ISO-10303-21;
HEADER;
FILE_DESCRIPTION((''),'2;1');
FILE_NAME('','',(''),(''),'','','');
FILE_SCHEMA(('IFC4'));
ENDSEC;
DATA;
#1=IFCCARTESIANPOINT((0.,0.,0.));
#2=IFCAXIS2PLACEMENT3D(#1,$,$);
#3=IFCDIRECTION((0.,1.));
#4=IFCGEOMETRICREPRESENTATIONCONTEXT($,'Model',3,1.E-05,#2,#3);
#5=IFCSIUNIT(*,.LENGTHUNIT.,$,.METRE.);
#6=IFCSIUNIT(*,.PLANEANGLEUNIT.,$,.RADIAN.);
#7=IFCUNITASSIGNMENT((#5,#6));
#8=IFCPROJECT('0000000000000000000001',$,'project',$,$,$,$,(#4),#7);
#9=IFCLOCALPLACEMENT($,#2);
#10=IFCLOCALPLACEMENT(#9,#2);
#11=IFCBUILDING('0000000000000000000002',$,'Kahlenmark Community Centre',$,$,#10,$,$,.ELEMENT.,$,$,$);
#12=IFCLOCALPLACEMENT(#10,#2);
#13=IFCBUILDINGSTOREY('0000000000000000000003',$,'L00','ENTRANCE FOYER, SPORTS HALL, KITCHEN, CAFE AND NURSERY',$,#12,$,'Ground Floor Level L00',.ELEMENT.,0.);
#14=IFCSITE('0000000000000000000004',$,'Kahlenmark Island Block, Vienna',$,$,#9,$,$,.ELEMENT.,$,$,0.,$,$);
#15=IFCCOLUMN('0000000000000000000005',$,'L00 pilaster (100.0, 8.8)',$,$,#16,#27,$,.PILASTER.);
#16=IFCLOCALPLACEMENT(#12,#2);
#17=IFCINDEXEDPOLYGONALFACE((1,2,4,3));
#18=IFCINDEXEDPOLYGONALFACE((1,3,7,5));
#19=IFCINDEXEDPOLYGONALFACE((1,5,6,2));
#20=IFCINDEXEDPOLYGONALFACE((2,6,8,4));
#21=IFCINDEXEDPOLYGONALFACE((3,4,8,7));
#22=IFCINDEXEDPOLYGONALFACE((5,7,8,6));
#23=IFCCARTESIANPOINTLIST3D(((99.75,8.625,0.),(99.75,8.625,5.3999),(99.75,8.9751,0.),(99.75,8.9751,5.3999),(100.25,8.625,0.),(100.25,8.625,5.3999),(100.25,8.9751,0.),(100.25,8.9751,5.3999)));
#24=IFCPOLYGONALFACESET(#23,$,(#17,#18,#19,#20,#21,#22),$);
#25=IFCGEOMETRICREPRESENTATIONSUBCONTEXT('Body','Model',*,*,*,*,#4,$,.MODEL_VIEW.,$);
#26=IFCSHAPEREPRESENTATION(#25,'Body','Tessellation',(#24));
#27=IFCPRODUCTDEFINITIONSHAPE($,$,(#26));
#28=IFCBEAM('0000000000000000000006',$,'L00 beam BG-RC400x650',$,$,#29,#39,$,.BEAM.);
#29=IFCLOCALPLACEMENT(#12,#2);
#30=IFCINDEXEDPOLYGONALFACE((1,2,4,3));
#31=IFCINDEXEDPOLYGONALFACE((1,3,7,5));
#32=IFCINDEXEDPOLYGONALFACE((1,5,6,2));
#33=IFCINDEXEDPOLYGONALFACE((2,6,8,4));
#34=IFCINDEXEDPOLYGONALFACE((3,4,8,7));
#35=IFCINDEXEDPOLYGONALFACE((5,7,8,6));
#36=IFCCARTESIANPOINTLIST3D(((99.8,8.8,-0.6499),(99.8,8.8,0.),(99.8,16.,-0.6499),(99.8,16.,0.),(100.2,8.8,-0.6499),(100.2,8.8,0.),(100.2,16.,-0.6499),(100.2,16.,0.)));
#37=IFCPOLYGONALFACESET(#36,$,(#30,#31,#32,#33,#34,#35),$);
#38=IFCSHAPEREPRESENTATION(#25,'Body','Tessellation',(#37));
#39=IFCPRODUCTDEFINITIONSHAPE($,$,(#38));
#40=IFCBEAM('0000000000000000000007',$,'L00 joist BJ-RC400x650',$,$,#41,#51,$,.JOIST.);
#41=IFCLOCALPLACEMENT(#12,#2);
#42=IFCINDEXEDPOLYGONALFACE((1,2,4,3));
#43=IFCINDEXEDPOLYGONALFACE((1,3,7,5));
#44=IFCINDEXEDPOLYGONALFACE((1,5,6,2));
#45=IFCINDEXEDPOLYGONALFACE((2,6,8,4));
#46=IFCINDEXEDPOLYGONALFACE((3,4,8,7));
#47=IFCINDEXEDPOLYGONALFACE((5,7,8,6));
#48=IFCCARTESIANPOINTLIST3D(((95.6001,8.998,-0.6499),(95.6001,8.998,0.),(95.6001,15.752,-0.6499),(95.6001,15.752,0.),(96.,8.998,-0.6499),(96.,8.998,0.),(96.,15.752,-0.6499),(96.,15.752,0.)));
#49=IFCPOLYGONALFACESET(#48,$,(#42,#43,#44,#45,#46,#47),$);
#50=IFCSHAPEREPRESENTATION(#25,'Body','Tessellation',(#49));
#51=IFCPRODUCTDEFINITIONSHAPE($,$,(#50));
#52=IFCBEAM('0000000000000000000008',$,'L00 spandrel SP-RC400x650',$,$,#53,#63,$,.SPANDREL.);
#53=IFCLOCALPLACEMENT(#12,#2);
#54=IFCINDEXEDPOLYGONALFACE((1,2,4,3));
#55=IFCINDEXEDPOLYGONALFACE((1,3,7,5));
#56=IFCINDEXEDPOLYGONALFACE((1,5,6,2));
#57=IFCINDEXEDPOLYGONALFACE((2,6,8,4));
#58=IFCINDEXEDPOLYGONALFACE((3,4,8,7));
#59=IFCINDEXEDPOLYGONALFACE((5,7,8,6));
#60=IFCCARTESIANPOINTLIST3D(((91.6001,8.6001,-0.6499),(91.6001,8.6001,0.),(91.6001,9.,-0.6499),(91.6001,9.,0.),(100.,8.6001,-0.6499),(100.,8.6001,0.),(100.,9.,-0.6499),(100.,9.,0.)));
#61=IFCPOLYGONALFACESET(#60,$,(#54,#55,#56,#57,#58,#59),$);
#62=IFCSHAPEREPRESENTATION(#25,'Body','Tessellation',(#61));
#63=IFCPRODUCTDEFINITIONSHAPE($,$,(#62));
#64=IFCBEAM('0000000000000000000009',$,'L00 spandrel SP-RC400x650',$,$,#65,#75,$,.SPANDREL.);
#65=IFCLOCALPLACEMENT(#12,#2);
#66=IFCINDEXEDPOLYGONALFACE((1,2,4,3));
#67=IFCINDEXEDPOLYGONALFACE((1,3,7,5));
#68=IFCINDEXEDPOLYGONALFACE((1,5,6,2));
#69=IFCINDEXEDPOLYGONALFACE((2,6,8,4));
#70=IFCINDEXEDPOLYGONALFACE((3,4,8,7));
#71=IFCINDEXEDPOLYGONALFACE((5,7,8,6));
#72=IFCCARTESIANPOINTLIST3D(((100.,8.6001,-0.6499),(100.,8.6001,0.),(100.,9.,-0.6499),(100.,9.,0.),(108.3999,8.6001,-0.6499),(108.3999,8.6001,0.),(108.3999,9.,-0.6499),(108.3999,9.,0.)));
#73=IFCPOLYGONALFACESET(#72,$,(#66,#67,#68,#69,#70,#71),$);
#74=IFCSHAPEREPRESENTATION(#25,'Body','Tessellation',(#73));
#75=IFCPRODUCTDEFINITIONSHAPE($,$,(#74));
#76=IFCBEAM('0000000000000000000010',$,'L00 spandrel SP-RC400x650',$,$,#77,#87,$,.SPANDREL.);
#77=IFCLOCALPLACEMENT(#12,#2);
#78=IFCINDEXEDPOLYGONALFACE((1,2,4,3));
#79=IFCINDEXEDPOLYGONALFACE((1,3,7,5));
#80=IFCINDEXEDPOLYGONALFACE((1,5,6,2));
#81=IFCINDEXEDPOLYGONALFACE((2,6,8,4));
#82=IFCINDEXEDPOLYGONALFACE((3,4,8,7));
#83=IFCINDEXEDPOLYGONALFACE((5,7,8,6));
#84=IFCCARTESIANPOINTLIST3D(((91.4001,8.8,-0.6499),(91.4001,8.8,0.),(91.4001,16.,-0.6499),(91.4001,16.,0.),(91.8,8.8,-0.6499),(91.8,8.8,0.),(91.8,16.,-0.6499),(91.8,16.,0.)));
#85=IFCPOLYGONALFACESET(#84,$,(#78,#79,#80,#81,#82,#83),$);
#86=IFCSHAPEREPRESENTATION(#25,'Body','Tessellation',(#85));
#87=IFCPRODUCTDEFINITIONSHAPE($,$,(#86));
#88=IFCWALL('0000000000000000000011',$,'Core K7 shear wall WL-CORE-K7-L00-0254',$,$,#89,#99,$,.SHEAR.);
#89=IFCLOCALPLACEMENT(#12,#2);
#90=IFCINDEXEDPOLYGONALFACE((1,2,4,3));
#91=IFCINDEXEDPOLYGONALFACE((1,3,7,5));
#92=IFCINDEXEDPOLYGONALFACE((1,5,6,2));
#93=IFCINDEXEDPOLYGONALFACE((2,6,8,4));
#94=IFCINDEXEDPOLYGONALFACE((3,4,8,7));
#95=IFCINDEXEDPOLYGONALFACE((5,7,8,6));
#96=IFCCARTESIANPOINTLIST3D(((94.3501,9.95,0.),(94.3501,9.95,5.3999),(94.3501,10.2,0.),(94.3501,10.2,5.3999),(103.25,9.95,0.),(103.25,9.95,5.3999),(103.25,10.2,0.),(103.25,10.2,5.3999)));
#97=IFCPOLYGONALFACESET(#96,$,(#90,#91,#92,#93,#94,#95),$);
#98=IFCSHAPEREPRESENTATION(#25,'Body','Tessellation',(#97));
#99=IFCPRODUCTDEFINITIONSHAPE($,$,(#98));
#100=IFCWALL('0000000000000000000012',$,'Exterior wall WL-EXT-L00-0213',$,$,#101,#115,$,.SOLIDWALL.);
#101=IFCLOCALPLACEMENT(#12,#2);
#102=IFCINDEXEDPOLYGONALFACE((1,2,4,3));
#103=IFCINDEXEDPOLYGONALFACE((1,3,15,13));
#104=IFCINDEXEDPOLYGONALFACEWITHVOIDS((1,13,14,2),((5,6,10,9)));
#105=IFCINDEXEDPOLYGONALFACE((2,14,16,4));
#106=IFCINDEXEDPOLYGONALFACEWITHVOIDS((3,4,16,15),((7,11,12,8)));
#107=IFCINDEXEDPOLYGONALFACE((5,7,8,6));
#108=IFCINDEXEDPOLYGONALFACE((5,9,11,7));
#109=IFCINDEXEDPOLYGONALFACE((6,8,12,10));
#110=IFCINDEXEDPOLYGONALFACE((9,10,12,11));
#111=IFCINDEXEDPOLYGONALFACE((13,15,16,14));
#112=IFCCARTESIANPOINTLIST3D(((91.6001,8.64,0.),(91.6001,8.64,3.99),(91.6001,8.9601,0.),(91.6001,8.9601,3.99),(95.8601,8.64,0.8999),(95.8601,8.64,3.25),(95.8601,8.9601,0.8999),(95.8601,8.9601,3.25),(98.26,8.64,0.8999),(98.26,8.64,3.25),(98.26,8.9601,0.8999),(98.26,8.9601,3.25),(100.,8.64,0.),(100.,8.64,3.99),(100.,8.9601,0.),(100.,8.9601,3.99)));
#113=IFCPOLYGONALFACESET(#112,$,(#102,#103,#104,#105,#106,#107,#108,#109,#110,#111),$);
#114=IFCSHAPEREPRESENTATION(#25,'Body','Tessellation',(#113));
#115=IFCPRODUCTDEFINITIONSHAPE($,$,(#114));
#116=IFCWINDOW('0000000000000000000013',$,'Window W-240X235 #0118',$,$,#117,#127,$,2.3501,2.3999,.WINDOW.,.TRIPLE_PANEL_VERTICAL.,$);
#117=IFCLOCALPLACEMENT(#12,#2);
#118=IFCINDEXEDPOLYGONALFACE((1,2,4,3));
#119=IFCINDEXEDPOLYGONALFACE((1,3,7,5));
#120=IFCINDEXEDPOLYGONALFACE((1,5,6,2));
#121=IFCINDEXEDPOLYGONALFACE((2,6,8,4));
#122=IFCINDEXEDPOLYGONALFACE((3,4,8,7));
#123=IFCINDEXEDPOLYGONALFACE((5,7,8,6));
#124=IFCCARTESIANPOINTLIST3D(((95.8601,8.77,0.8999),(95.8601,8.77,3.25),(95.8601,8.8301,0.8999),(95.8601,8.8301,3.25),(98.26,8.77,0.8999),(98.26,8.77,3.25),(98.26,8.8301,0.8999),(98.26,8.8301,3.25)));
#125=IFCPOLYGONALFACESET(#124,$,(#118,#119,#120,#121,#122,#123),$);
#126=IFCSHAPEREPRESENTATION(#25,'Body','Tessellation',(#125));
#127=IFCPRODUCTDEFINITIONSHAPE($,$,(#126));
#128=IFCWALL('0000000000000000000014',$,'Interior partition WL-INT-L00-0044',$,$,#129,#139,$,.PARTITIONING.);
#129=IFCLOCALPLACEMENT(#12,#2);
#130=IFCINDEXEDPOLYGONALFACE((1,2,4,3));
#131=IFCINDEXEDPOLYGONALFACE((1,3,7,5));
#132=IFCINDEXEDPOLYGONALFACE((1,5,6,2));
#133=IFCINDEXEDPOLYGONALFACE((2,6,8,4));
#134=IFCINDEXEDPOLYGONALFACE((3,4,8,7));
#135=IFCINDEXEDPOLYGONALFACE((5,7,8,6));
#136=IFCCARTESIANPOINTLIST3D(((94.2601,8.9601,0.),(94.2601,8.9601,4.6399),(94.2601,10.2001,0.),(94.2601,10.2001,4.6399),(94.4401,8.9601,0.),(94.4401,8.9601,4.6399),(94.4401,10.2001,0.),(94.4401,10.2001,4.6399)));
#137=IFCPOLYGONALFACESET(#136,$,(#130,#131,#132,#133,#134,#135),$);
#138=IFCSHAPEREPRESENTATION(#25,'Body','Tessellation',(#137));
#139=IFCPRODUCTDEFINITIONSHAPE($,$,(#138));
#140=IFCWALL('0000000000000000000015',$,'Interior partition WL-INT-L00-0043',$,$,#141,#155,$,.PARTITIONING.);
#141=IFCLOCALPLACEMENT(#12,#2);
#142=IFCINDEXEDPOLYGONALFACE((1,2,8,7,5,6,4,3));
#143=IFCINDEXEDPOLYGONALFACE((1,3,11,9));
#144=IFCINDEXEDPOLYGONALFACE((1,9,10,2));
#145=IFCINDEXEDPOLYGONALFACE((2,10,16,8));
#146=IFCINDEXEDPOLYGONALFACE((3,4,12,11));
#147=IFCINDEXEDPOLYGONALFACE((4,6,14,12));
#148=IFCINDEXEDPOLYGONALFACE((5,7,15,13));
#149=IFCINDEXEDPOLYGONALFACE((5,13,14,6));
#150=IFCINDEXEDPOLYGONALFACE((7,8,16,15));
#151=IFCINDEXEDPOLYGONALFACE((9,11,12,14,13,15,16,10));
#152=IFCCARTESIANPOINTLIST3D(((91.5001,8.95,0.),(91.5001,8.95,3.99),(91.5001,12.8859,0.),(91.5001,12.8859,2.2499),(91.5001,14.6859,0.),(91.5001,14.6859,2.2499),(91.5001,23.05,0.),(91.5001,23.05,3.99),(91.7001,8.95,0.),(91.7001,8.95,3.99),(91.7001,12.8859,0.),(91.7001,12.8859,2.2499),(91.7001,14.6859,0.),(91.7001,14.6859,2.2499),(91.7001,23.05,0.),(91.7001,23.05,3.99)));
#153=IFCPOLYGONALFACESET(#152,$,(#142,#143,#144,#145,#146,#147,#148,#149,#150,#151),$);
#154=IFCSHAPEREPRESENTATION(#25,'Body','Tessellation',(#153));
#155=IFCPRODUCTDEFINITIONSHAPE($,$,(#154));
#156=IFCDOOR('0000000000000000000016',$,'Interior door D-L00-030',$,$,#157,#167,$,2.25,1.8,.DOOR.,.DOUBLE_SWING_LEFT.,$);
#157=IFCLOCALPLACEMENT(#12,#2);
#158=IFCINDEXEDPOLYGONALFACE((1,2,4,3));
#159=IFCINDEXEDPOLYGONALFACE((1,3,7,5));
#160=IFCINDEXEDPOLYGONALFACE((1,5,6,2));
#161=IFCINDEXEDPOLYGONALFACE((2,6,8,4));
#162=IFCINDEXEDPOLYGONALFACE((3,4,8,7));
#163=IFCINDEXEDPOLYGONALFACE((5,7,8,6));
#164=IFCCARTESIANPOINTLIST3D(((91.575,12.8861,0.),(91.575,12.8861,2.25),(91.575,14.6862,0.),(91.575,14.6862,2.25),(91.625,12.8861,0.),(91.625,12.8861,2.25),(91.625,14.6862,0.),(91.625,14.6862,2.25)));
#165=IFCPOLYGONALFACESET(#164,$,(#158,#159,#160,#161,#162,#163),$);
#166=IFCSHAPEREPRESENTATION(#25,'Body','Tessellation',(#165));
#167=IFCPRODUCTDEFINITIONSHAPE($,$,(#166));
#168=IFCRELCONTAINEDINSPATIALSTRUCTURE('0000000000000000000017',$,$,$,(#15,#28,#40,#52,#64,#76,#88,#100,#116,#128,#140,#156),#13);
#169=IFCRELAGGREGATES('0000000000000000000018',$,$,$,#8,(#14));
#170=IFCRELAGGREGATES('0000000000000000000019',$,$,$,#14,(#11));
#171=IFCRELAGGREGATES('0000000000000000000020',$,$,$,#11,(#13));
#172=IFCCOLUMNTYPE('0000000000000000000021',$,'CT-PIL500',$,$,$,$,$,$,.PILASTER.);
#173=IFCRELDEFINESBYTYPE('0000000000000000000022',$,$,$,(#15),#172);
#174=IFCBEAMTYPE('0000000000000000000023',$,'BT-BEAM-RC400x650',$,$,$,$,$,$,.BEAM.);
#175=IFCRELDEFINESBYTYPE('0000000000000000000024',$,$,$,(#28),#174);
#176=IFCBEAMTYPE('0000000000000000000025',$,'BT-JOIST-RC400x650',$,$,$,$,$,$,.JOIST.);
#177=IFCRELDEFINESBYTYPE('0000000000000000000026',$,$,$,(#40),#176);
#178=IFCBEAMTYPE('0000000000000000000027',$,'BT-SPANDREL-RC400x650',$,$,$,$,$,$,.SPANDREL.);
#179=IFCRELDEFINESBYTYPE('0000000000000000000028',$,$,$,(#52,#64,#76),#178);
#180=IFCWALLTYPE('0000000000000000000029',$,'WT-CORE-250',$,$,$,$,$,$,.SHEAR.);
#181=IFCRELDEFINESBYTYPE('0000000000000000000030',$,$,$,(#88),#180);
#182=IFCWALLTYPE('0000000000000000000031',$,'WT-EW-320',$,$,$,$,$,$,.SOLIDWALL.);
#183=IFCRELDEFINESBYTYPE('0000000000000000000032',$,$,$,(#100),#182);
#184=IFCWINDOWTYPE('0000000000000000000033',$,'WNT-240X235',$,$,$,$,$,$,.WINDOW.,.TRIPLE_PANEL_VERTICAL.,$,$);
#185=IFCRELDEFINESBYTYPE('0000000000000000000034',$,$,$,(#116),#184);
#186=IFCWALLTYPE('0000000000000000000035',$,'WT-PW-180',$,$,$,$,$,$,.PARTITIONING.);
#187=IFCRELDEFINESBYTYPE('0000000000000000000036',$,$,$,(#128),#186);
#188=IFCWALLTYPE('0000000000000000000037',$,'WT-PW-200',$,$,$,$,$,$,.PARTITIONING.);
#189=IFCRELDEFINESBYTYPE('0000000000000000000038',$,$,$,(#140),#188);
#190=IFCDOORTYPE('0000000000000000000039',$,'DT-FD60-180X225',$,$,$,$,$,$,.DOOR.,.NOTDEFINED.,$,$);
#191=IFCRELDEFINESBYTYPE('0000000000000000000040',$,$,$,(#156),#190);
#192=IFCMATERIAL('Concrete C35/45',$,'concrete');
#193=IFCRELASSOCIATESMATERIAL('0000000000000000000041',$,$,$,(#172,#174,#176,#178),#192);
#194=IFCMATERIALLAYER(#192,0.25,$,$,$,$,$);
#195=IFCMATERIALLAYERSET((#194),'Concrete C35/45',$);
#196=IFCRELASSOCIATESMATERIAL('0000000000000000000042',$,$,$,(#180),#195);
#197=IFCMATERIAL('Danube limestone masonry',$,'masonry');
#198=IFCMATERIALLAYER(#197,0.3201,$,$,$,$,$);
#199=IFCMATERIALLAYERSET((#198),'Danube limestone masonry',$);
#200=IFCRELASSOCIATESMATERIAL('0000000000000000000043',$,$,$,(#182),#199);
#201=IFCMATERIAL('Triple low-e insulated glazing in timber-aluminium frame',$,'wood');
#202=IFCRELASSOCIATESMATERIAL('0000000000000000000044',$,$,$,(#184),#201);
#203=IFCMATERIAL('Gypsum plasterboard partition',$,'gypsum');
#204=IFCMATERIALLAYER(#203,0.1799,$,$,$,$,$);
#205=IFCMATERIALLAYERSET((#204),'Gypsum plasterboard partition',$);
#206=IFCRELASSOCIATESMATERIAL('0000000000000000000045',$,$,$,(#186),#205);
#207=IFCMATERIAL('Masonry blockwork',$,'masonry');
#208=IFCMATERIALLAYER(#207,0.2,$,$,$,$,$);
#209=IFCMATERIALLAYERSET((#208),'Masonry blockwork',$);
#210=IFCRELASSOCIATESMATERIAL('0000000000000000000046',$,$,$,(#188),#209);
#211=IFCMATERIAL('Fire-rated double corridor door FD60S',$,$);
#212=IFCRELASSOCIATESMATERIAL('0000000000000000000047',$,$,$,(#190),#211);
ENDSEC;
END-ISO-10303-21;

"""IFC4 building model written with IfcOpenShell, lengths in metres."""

from ifc_helpers import new_model, si_unit, direction, frame, frame_2d, origin, origin_2d, place, context, subcontext, project, spatial, rectangle, extrude, material, layer, layer_set, material_profile, profile_set, type_object, element, fill, save


model = new_model("IFC4")

# Units and contexts
model_context = context("Model", 3, precision=1e-05, world=origin(), true_north=direction((0.0, 1.0)))
body_context = subcontext(model_context, "Body", "Model", "MODEL_VIEW")
ifc_project = project(units=[si_unit("LENGTHUNIT", "METRE"), si_unit("PLANEANGLEUNIT", "RADIAN")], contexts=[model_context])

# Site, building, storey
site_placement = place(None, origin())
site = spatial("IfcSite", under=ifc_project, at=site_placement, Name="Kahlenmark Island Block, Vienna", CompositionType="ELEMENT", RefElevation=0.0)
building_placement = place(site_placement, origin())
building = spatial("IfcBuilding", under=site, at=building_placement, Name="Kahlenmark Community Centre", CompositionType="ELEMENT")
storey_placement = place(building_placement, origin())
storey = spatial("IfcBuildingStorey", under=building, at=storey_placement, Name="L00", Description="ENTRANCE FOYER, SPORTS HALL, KITCHEN, CAFE AND NURSERY", LongName="Ground Floor Level L00", CompositionType="ELEMENT", Elevation=0.0)

# Column
ifc_material_1 = material(Name="Concrete C35/45", Category="concrete")
ifc_material_profile_1 = material_profile(ifc_material_1, rectangle(XDim=0.5, YDim=0.3501, at=origin_2d()), Name="RC 500x350")
ifc_profile_set_1 = profile_set([ifc_material_profile_1], Name="Concrete C35/45")
column_type = type_object("IfcColumnType", Name="CT-PIL500", PredefinedType="PILASTER", material=ifc_profile_set_1)
column_placement = place(storey_placement, frame((100.0, 8.8, 0.0), z_axis=(0.0, 0.0, 1.0), x_axis=(1.0, 0.0, 0.0)))
element("IfcColumn", 1, at=column_placement, inside=storey, type_object=column_type, Name="L00 pilaster (100.0, 8.8)", PredefinedType="PILASTER", context=body_context, shape_type="SweptSolid", body=[
    extrude(rectangle(XDim=0.5, YDim=0.3501, at=origin_2d()), origin(), (0.0, 0.0, 1.0), 5.3999),
])

# Beams
ifc_material_profile_2 = material_profile(ifc_material_1, rectangle(XDim=0.3999, YDim=0.6499, at=origin_2d()), Name="RC 400x650")
ifc_profile_set_2 = profile_set([ifc_material_profile_2], Name="Concrete C35/45")
beam_type_1 = type_object("IfcBeamType", Name="BT-BEAM-RC400x650", PredefinedType="BEAM", material=ifc_profile_set_2)
beam_1_placement = place(storey_placement, frame((100.0, 8.8, -0.325), z_axis=(0.0, 1.0, 0.0), x_axis=(-1.0, 0.0, 0.0)))
element("IfcBeam", 2, at=beam_1_placement, inside=storey, type_object=beam_type_1, Name="L00 beam BG-RC400x650", PredefinedType="BEAM", context=body_context, shape_type="SweptSolid", body=[
    extrude(rectangle(XDim=0.3999, YDim=0.6499, at=origin_2d()), origin(), (0.0, 0.0, 1.0), 7.2),
])
ifc_material_profile_3 = material_profile(ifc_material_1, rectangle(XDim=0.3999, YDim=0.6499, at=origin_2d()), Name="RC 400x650")
ifc_profile_set_3 = profile_set([ifc_material_profile_3], Name="Concrete C35/45")
beam_type_2 = type_object("IfcBeamType", Name="BT-JOIST-RC400x650", PredefinedType="JOIST", material=ifc_profile_set_3)
beam_2_placement = place(storey_placement, frame((95.8, 8.998, -0.325), z_axis=(0.0, 1.0, 0.0), x_axis=(-1.0, 0.0, 0.0)))
element("IfcBeam", 3, at=beam_2_placement, inside=storey, type_object=beam_type_2, Name="L00 joist BJ-RC400x650", PredefinedType="JOIST", context=body_context, shape_type="SweptSolid", body=[
    extrude(rectangle(XDim=0.3999, YDim=0.6499, at=origin_2d()), origin(), (0.0, 0.0, 1.0), 6.7539),
])
ifc_material_profile_4 = material_profile(ifc_material_1, rectangle(XDim=0.3999, YDim=0.6499, at=origin_2d()), Name="RC 400x650")
ifc_profile_set_4 = profile_set([ifc_material_profile_4], Name="Concrete C35/45")
beam_type_3 = type_object("IfcBeamType", Name="BT-SPANDREL-RC400x650", PredefinedType="SPANDREL", material=ifc_profile_set_4)
for number, where, z_axis, x_axis, name in (
    (4, (91.6001, 8.8, -0.325), (1.0, 0.0, 0.0), (0.0, 1.0, 0.0), "L00 spandrel SP-RC400x650"),
    (5, (100.0, 8.8, -0.325), (1.0, 0.0, 0.0), (0.0, 1.0, 0.0), "L00 spandrel SP-RC400x650"),
):
    element("IfcBeam", number, at=place(storey_placement, frame(where, z_axis=z_axis, x_axis=x_axis)), inside=storey, type_object=beam_type_3, Name=name, PredefinedType="SPANDREL", context=body_context, shape_type="SweptSolid", body=[
        extrude(rectangle(XDim=0.3999, YDim=0.6499, at=origin_2d()), origin(), (0.0, 0.0, 1.0), 8.3999),
    ])
beam_3_placement = place(storey_placement, frame((91.6001, 8.8, -0.325), z_axis=(0.0, 1.0, 0.0), x_axis=(-1.0, 0.0, 0.0)))
element("IfcBeam", 6, at=beam_3_placement, inside=storey, type_object=beam_type_3, Name="L00 spandrel SP-RC400x650", PredefinedType="SPANDREL", context=body_context, shape_type="SweptSolid", body=[
    extrude(rectangle(XDim=0.3999, YDim=0.6499, at=origin_2d()), origin(), (0.0, 0.0, 1.0), 7.2),
])

# Wall
ifc_layer_1 = layer(ifc_material_1, 0.25)
ifc_layer_set_1 = layer_set([ifc_layer_1], Name="Concrete C35/45")
wall_type_1 = type_object("IfcWallType", Name="WT-CORE-250", PredefinedType="SHEAR", material=ifc_layer_set_1)
wall_1_placement = place(storey_placement, frame((94.3501, 10.075, 0.0), z_axis=(0.0, 0.0, 1.0), x_axis=(1.0, 0.0, 0.0)))
element("IfcWall", 7, at=wall_1_placement, inside=storey, type_object=wall_type_1, Name="Core K7 shear wall WL-CORE-K7-L00-0254", PredefinedType="SHEAR", context=body_context, shape_type="SweptSolid", body=[
    extrude(rectangle(XDim=8.8999, YDim=0.25, at=frame_2d((4.45, 0.0))), origin(), (0.0, 0.0, 1.0), 5.3999),
])

# Wall, opening, window
ifc_material_2 = material(Name="Danube limestone masonry", Category="masonry")
ifc_layer_2 = layer(ifc_material_2, 0.3201)
ifc_layer_set_2 = layer_set([ifc_layer_2], Name="Danube limestone masonry")
wall_type_2 = type_object("IfcWallType", Name="WT-EW-320", PredefinedType="SOLIDWALL", material=ifc_layer_set_2)
wall_2_placement = place(storey_placement, frame((91.6001, 8.8, 0.0), z_axis=(0.0, 0.0, 1.0), x_axis=(1.0, 0.0, 0.0)))
wall_2 = element("IfcWall", 8, at=wall_2_placement, inside=storey, type_object=wall_type_2, Name="Exterior wall WL-EXT-L00-0213", PredefinedType="SOLIDWALL", context=body_context, shape_type="SweptSolid", body=[
    extrude(rectangle(XDim=8.3999, YDim=0.3201, at=frame_2d((4.2, 0.0))), origin(), (0.0, 0.0, 1.0), 3.99),
])
opening_1_placement = place(wall_2_placement, frame((4.26, 0.0, 0.8999)))
opening_1 = element("IfcOpeningElement", 9, at=opening_1_placement, cuts=wall_2, PredefinedType="OPENING", context=body_context, shape_type="SweptSolid", body=[
    extrude(rectangle(XDim=2.3999, YDim=2.3501, at=frame_2d((1.2, 1.175))), frame((0.0, 0.1699, 0.0), z_axis=(0.0, -1.0, 0.0), x_axis=(1.0, 0.0, 0.0)), (0.0, 0.0, 1.0), 0.3401),
])
ifc_material_3 = material(Name="Triple low-e insulated glazing in timber-aluminium frame", Category="wood")
window_type = type_object("IfcWindowType", Name="WNT-240X235", PartitioningType="TRIPLE_PANEL_VERTICAL", PredefinedType="WINDOW", material=ifc_material_3)
window_placement = place(opening_1_placement, origin())
window = element("IfcWindow", 10, at=window_placement, inside=storey, type_object=window_type, Name="Window W-240X235 #0118", OverallHeight=2.3501, OverallWidth=2.3999, PartitioningType="TRIPLE_PANEL_VERTICAL", PredefinedType="WINDOW", context=body_context, shape_type="SweptSolid", body=[
    extrude(rectangle(XDim=2.3999, YDim=2.3501, at=frame_2d((1.2, 1.175))), frame((0.0, 0.03, 0.0), z_axis=(0.0, -1.0, 0.0), x_axis=(1.0, 0.0, 0.0)), (0.0, 0.0, 1.0), 0.0601),
])
fill(opening_1, window)

# Wall
ifc_material_4 = material(Name="Gypsum plasterboard partition", Category="gypsum")
ifc_layer_3 = layer(ifc_material_4, 0.1799)
ifc_layer_set_3 = layer_set([ifc_layer_3], Name="Gypsum plasterboard partition")
wall_type_3 = type_object("IfcWallType", Name="WT-PW-180", PredefinedType="PARTITIONING", material=ifc_layer_set_3)
wall_3_placement = place(storey_placement, frame((94.3501, 8.96, 0.0), z_axis=(0.0, 0.0, 1.0), x_axis=(0.0, 1.0, 0.0)))
element("IfcWall", 11, at=wall_3_placement, inside=storey, type_object=wall_type_3, Name="Interior partition WL-INT-L00-0044", PredefinedType="PARTITIONING", context=body_context, shape_type="SweptSolid", body=[
    extrude(rectangle(XDim=1.24, YDim=0.1799, at=frame_2d((0.6201, 0.0))), origin(), (0.0, 0.0, 1.0), 4.6399),
])

# Wall, opening, door
ifc_material_5 = material(Name="Masonry blockwork", Category="masonry")
ifc_layer_4 = layer(ifc_material_5, 0.2)
ifc_layer_set_4 = layer_set([ifc_layer_4], Name="Masonry blockwork")
wall_type_4 = type_object("IfcWallType", Name="WT-PW-200", PredefinedType="PARTITIONING", material=ifc_layer_set_4)
wall_4_placement = place(storey_placement, frame((91.6001, 8.95, 0.0), z_axis=(0.0, 0.0, 1.0), x_axis=(0.0, 1.0, 0.0)))
wall_4 = element("IfcWall", 12, at=wall_4_placement, inside=storey, type_object=wall_type_4, Name="Interior partition WL-INT-L00-0043", PredefinedType="PARTITIONING", context=body_context, shape_type="SweptSolid", body=[
    extrude(rectangle(XDim=14.1001, YDim=0.2, at=frame_2d((7.05, 0.0))), origin(), (0.0, 0.0, 1.0), 3.99),
])
opening_2_placement = place(wall_4_placement, frame((3.936, 0.0, -0.01)))
opening_2 = element("IfcOpeningElement", 13, at=opening_2_placement, cuts=wall_4, PredefinedType="OPENING", context=body_context, shape_type="SweptSolid", body=[
    extrude(rectangle(XDim=1.8, YDim=2.26, at=frame_2d((0.8999, 1.1299))), frame((0.0, 0.1099, 0.0), z_axis=(0.0, -1.0, 0.0), x_axis=(1.0, 0.0, 0.0)), (0.0, 0.0, 1.0), 0.22),
])
ifc_material_6 = material(Name="Fire-rated double corridor door FD60S")
door_type_1 = type_object("IfcDoorType", Name="DT-FD60-180X225", OperationType="NOTDEFINED", PredefinedType="DOOR", material=ifc_material_6)
door_1_placement = place(opening_2_placement, frame((1.8, 0.0, 0.01), z_axis=(0.0, 0.0, 1.0), x_axis=(-1.0, 0.0, 0.0)))
door_1 = element("IfcDoor", 14, at=door_1_placement, inside=storey, type_object=door_type_1, Name="Interior door D-L00-030", OperationType="DOUBLE_SWING_LEFT", OverallHeight=2.25, OverallWidth=1.8, PredefinedType="DOOR", context=body_context, shape_type="SweptSolid", body=[
    extrude(rectangle(XDim=1.8, YDim=2.25, at=frame_2d((0.8999, 1.125))), frame((0.0, 0.0249, 0.0), z_axis=(0.0, -1.0, 0.0), x_axis=(1.0, 0.0, 0.0)), (0.0, 0.0, 1.0), 0.05),
])
fill(opening_2, door_1)

save(model, "model.ifc")
